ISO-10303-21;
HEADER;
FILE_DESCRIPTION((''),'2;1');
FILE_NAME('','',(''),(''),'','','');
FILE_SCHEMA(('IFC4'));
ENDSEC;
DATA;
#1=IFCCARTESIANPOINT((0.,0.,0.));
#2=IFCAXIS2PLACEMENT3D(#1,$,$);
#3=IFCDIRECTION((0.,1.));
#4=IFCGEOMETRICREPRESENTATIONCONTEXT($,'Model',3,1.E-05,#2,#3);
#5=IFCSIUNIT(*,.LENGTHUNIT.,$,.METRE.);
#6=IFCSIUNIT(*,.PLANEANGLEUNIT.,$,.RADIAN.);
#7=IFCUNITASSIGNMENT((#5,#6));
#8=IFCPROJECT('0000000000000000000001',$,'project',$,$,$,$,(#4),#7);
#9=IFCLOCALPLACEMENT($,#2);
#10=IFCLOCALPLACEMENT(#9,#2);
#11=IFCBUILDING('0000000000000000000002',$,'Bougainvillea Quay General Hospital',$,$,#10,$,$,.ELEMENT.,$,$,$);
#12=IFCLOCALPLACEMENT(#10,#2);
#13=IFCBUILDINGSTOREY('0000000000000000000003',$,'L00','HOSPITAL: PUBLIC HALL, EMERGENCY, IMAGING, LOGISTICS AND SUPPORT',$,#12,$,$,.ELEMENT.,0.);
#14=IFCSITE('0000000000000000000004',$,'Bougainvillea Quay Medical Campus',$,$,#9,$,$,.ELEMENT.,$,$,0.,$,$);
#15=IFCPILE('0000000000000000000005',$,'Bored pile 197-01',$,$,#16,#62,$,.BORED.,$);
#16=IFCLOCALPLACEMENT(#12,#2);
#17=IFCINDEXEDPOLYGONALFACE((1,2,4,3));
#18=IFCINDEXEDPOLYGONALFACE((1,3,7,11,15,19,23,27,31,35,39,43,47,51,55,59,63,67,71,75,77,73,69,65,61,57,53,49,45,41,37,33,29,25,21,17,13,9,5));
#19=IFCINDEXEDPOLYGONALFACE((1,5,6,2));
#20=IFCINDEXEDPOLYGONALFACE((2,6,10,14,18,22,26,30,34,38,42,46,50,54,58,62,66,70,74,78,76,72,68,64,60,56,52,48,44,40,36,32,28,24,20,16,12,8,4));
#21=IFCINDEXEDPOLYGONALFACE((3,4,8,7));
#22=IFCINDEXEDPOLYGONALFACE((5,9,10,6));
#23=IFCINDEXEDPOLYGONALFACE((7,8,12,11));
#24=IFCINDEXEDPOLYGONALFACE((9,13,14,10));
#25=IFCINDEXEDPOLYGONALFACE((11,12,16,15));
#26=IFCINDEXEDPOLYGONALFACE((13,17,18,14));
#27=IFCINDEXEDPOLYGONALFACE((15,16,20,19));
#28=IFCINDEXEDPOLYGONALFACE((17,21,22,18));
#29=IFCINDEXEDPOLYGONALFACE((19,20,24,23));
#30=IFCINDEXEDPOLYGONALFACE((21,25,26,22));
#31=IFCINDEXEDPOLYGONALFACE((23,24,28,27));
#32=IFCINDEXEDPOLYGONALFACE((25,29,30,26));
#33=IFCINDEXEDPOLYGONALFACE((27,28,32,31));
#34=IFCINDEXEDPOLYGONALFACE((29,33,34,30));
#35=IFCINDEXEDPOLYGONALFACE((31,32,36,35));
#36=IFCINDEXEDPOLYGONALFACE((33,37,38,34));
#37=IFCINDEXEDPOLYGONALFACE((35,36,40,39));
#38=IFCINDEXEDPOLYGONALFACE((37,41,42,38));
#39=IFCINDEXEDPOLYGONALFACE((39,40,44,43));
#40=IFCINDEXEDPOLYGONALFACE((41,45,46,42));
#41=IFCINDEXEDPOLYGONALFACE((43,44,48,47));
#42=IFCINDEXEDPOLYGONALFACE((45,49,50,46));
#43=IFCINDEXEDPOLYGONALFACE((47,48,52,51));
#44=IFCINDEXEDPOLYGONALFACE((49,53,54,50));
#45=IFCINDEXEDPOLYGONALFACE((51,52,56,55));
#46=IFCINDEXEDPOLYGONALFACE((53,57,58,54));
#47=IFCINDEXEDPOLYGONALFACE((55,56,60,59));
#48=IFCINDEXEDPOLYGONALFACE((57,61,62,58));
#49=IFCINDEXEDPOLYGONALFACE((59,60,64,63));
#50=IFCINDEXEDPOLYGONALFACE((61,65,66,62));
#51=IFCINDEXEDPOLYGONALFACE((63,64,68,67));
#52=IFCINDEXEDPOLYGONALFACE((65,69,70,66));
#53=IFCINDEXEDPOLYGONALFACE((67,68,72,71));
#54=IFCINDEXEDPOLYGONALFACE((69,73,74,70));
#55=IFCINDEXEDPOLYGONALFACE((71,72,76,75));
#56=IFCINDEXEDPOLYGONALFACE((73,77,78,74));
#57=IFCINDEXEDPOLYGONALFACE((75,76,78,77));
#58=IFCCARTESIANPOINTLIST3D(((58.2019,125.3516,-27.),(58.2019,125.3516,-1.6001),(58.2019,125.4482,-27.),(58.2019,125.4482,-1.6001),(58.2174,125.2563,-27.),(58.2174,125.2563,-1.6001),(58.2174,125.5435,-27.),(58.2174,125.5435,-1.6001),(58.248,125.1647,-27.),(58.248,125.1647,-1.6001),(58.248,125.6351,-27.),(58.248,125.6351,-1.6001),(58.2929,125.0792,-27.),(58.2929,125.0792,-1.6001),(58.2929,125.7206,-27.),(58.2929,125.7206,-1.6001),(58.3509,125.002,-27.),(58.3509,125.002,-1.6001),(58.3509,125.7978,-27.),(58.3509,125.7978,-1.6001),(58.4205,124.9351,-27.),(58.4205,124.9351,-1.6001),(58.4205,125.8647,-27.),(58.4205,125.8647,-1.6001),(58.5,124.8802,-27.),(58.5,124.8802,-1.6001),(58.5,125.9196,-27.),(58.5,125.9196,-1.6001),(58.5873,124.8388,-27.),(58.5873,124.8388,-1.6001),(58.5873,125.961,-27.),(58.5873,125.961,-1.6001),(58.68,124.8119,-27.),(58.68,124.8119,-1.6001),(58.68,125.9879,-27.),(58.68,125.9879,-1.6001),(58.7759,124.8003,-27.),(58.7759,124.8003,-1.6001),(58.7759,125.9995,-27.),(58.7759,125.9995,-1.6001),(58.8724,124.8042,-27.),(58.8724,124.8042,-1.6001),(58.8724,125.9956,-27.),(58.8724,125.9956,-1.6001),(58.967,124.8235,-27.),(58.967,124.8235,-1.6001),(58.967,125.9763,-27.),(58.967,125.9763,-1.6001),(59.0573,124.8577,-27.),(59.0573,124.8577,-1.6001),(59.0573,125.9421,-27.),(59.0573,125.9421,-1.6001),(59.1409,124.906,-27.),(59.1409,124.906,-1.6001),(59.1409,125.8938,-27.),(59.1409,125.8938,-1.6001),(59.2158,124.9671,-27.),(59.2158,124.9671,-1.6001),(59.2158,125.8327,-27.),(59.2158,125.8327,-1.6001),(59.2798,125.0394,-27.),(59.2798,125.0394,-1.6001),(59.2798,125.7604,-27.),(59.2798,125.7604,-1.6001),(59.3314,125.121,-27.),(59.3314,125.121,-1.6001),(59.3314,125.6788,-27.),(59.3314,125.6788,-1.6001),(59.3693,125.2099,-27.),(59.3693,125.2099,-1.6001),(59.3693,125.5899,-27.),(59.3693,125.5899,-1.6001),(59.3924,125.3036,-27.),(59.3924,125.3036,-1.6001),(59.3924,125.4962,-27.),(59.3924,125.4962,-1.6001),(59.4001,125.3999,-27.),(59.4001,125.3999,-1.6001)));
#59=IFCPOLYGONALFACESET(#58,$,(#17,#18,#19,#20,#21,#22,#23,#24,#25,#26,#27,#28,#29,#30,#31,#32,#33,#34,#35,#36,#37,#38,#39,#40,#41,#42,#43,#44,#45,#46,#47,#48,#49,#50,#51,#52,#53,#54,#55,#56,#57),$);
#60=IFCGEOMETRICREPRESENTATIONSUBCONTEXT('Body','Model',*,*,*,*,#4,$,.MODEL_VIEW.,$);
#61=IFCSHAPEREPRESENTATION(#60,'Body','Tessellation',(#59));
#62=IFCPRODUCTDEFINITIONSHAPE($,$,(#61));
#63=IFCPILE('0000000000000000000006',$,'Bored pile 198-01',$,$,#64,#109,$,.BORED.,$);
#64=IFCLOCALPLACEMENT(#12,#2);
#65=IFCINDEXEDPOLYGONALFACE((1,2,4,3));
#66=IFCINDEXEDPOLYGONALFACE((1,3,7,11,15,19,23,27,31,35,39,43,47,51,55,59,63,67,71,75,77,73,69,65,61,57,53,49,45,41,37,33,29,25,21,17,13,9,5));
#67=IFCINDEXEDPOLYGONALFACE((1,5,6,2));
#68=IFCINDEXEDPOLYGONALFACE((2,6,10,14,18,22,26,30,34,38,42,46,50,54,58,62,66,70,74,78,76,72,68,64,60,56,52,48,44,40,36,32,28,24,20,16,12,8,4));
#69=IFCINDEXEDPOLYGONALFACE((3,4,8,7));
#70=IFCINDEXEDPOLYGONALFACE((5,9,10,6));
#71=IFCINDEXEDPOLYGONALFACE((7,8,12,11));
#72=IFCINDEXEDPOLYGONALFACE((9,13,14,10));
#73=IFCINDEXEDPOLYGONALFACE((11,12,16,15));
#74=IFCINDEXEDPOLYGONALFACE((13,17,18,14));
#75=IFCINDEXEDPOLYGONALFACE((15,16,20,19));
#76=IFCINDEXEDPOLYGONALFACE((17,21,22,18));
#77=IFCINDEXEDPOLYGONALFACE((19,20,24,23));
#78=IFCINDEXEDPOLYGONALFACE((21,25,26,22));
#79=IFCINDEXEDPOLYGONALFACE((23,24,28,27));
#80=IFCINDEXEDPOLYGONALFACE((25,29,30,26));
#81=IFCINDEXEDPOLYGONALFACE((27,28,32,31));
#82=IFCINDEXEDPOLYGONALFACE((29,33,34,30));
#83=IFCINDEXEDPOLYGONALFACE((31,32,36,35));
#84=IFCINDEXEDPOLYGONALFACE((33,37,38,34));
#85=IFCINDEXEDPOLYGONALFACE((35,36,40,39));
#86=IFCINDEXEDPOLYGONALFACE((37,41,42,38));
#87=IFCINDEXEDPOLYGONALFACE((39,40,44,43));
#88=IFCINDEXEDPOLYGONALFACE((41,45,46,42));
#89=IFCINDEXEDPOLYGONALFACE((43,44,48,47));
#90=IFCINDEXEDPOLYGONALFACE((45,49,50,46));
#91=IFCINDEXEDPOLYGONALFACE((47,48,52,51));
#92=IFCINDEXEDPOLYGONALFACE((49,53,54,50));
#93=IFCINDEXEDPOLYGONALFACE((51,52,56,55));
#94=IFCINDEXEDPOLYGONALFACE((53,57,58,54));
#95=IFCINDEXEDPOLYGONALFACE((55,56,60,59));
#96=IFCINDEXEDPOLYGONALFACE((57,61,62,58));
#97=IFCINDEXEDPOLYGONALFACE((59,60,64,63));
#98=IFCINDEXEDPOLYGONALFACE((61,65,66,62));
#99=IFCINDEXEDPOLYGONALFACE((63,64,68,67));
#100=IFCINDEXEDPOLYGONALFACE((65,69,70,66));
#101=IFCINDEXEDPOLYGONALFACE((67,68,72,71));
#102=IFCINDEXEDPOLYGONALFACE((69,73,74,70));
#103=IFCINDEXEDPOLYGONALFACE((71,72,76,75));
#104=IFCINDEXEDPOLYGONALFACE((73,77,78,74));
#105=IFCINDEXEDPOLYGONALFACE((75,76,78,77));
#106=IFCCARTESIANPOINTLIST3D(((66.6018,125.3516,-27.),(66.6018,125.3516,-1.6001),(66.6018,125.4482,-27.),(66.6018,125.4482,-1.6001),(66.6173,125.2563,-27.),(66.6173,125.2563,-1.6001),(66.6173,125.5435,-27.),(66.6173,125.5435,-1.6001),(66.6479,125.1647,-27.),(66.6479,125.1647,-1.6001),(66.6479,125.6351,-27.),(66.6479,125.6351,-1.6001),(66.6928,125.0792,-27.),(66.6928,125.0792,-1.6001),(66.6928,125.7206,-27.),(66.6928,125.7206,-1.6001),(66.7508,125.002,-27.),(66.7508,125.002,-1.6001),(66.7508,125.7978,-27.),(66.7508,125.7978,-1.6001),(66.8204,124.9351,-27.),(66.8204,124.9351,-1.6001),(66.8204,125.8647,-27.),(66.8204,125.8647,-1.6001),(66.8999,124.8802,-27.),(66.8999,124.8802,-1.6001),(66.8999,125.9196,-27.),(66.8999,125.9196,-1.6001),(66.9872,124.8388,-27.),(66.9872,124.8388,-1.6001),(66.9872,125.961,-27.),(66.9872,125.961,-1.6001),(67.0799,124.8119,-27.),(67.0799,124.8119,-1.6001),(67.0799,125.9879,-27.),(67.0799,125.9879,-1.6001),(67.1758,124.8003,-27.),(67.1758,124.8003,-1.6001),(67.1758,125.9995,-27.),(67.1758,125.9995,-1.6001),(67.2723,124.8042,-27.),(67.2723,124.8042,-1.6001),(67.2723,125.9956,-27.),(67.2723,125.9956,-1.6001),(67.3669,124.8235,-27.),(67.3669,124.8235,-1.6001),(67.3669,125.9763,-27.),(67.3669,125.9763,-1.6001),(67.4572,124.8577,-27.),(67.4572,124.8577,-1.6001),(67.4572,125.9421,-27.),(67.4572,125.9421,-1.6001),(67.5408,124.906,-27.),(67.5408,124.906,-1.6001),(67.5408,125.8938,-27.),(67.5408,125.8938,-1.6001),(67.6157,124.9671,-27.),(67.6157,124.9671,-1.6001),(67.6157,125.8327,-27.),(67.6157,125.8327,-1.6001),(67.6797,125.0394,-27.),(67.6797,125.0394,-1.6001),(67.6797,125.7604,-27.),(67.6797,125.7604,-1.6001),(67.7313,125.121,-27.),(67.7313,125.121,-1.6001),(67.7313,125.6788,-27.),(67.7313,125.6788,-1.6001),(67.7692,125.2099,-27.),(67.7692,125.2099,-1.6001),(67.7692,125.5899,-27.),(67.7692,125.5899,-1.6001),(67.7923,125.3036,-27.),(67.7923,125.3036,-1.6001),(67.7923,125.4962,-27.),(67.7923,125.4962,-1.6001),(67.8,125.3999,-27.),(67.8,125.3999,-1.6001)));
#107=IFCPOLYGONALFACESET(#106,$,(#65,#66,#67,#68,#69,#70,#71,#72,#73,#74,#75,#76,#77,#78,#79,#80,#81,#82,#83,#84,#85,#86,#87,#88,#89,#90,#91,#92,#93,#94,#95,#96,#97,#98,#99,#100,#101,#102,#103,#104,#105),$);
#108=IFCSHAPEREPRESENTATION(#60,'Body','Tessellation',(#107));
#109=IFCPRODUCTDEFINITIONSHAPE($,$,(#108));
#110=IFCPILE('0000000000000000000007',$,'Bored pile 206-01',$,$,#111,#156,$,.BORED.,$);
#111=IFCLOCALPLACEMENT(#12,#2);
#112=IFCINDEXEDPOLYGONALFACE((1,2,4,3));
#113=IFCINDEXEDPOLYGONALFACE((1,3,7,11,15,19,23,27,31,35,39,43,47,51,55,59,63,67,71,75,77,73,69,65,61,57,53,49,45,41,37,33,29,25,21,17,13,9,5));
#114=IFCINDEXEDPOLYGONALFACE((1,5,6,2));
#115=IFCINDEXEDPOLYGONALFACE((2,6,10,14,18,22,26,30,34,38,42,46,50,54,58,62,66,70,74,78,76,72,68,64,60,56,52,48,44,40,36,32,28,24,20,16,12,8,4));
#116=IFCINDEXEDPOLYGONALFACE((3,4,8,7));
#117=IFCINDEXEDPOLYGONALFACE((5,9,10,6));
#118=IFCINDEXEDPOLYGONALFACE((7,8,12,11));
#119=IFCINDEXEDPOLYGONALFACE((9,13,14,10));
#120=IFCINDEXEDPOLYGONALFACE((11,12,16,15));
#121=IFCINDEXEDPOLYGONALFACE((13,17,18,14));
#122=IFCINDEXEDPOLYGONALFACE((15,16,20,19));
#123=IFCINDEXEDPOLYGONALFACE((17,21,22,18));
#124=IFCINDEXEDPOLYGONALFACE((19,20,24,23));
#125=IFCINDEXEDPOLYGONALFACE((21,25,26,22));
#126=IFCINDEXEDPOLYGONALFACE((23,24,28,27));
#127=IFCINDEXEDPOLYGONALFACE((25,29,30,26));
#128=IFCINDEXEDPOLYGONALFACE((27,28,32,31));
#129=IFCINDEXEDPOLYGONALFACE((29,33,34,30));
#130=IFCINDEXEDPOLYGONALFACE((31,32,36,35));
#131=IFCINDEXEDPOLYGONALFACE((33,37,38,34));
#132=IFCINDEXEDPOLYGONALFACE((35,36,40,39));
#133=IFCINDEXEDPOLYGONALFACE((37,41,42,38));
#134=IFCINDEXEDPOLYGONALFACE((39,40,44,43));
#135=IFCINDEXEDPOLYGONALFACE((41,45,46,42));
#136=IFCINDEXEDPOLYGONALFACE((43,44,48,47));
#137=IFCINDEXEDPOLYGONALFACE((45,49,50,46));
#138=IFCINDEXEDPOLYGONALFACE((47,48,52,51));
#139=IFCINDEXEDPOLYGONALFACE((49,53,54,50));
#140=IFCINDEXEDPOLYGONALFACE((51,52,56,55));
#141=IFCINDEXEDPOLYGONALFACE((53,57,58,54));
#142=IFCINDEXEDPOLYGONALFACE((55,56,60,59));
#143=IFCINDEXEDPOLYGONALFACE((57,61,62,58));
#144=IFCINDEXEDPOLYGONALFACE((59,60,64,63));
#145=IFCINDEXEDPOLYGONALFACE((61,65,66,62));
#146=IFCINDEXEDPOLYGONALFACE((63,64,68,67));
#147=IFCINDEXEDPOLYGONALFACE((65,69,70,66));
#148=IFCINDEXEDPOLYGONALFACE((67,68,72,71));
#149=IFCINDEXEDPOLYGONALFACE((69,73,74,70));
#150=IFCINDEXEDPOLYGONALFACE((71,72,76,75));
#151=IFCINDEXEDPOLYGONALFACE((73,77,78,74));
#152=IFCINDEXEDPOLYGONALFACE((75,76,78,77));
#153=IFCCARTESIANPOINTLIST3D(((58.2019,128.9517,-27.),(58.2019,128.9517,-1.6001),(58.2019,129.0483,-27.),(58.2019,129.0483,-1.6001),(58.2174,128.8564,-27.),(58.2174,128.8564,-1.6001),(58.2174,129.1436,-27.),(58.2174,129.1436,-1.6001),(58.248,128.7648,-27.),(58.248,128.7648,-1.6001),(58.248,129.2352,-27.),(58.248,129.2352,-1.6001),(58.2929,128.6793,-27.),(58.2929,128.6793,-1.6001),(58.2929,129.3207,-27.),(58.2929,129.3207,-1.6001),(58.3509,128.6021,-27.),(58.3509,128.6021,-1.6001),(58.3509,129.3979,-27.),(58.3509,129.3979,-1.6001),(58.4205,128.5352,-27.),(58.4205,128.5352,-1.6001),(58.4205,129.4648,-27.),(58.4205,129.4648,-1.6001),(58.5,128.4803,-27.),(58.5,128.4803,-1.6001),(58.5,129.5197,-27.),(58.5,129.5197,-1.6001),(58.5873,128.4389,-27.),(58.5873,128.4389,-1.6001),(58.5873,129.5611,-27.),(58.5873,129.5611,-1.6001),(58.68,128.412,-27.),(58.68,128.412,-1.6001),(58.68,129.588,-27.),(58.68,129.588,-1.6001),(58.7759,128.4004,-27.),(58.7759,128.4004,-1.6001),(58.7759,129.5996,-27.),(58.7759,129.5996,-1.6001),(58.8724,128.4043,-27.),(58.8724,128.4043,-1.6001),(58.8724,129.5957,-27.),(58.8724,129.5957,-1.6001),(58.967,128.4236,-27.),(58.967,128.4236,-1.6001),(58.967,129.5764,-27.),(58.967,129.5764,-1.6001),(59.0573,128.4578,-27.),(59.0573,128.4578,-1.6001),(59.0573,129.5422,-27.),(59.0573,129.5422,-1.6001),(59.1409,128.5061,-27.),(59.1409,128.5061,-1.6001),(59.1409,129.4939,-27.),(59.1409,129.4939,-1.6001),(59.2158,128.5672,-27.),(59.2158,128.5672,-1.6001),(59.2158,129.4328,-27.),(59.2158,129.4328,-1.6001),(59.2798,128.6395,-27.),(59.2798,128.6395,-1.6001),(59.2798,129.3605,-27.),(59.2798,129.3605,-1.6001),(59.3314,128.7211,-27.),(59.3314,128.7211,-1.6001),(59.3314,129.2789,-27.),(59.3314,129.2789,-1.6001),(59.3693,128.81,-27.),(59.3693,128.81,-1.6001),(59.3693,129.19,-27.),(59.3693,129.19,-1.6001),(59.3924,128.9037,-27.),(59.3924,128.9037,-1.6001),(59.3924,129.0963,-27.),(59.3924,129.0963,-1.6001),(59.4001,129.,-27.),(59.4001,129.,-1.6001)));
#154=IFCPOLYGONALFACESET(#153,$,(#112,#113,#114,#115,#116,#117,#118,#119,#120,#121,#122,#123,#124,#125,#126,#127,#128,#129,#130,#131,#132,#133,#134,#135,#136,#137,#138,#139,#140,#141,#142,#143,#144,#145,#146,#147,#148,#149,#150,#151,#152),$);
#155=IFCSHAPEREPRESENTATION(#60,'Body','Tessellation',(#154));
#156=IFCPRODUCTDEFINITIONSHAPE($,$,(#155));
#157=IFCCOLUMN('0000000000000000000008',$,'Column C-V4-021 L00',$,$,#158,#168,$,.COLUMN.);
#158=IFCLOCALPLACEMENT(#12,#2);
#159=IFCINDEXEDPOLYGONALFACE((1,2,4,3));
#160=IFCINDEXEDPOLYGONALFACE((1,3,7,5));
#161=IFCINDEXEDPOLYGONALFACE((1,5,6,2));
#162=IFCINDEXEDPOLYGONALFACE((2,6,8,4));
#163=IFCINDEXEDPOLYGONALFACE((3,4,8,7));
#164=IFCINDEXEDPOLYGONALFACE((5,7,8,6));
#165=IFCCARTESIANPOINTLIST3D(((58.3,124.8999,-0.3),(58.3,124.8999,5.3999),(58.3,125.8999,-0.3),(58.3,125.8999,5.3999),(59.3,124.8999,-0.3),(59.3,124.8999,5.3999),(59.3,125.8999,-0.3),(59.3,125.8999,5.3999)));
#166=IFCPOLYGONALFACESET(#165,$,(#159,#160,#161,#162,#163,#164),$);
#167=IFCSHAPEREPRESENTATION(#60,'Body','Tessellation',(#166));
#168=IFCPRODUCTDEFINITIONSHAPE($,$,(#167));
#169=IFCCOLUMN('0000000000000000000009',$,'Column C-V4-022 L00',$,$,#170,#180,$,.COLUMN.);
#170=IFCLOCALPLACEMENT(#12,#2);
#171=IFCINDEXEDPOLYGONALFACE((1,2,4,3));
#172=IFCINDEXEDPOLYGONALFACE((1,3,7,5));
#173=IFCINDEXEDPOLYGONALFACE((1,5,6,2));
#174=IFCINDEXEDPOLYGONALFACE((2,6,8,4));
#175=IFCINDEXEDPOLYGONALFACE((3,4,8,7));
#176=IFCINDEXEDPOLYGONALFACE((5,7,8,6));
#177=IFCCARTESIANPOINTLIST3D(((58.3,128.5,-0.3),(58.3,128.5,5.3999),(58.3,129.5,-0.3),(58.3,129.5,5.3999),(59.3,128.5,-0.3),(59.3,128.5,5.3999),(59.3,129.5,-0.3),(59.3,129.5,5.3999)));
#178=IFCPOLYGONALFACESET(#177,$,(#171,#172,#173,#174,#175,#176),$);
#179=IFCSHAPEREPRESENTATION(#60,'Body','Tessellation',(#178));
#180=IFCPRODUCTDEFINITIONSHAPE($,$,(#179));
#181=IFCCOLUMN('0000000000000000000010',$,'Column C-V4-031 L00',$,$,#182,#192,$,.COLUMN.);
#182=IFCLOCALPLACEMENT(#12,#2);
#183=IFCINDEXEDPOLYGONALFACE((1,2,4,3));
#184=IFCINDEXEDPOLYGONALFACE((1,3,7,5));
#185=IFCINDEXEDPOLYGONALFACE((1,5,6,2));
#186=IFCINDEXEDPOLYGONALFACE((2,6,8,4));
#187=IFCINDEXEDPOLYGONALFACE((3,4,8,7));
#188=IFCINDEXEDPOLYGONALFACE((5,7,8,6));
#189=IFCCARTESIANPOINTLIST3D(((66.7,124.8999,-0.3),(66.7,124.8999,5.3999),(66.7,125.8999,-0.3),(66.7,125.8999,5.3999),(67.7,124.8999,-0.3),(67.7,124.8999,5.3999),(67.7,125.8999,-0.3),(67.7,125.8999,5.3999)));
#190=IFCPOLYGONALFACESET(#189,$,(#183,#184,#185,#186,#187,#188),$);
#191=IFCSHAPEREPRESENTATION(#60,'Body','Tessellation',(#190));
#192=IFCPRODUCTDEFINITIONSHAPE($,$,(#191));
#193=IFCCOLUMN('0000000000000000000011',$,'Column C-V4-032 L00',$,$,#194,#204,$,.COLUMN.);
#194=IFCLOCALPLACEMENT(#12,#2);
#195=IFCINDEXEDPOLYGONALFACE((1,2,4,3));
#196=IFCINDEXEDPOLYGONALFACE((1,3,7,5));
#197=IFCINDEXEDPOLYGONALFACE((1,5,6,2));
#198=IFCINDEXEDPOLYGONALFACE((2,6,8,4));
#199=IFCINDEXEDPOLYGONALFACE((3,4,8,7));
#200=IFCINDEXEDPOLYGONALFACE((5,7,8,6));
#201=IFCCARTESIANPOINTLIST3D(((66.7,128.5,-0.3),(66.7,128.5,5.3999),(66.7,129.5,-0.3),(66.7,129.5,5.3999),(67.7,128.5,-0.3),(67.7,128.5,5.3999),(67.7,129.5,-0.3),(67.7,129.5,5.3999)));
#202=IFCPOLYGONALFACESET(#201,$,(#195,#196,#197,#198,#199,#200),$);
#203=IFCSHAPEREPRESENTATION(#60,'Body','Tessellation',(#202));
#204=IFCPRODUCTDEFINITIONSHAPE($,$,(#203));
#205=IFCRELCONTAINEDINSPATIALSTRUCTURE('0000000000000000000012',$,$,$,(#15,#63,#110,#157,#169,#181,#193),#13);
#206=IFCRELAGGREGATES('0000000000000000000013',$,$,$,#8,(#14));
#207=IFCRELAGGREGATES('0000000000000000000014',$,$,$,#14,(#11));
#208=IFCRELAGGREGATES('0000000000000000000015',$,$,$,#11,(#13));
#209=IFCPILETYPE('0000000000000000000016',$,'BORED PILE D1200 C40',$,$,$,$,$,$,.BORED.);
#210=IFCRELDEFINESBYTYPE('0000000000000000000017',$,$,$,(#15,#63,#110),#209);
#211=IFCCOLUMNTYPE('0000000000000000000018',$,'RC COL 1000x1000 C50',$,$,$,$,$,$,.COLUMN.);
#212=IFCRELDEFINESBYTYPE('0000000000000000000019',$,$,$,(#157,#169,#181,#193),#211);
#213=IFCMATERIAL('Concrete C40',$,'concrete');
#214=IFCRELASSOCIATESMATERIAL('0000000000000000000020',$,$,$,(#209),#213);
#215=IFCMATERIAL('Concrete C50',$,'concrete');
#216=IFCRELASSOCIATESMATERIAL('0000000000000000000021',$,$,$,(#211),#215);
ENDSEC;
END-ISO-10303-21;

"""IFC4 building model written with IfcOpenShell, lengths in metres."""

from ifc_helpers import new_model, si_unit, direction, frame, origin, origin_2d, place, context, subcontext, project, spatial, rectangle, circle, extrude, material, material_profile, profile_set, type_object, element, save


model = new_model("IFC4")

# Units and contexts
model_context = context("Model", 3, precision=1e-05, world=origin(), true_north=direction((0.0, 1.0)))
body_context = subcontext(model_context, "Body", "Model", "MODEL_VIEW")
ifc_project = project(units=[si_unit("LENGTHUNIT", "METRE"), si_unit("PLANEANGLEUNIT", "RADIAN")], contexts=[model_context])

# Site, building, storey
site_placement = place(None, origin())
site = spatial("IfcSite", under=ifc_project, at=site_placement, Name="Bougainvillea Quay Medical Campus", CompositionType="ELEMENT", RefElevation=0.0)
building_placement = place(site_placement, origin())
building = spatial("IfcBuilding", under=site, at=building_placement, Name="Bougainvillea Quay General Hospital", CompositionType="ELEMENT")
storey_placement = place(building_placement, origin())
storey = spatial("IfcBuildingStorey", under=building, at=storey_placement, Name="L00", Description="HOSPITAL: PUBLIC HALL, EMERGENCY, IMAGING, LOGISTICS AND SUPPORT", CompositionType="ELEMENT", Elevation=0.0)

# Piles
ifc_material_1 = material(Name="Concrete C40", Category="concrete")
ifc_material_profile_1 = material_profile(ifc_material_1, circle(Radius=0.6001, at=origin_2d()))
ifc_profile_set_1 = profile_set([ifc_material_profile_1], Name="Concrete C40")
pile_type = type_object("IfcPileType", Name="BORED PILE D1200 C40", PredefinedType="BORED", material=ifc_profile_set_1)
for number, where, z_axis, x_axis, name in (
    (1, (58.8, 125.3999, -1.6001), (0.0, 0.0, -1.0), (1.0, 0.0, 0.0), "Bored pile 197-01"),
    (2, (67.2, 125.3999, -1.6001), (0.0, 0.0, -1.0), (1.0, 0.0, 0.0), "Bored pile 198-01"),
    (3, (58.8, 129.0, -1.6001), (0.0, 0.0, -1.0), (1.0, 0.0, 0.0), "Bored pile 206-01"),
):
    element("IfcPile", number, at=place(storey_placement, frame(where, z_axis=z_axis, x_axis=x_axis)), inside=storey, type_object=pile_type, Name=name, PredefinedType="BORED", context=body_context, shape_type="SweptSolid", body=[
        extrude(circle(Radius=0.6001, at=origin_2d()), origin(), (0.0, 0.0, 1.0), 25.3999),
    ])

# Columns
ifc_material_2 = material(Name="Concrete C50", Category="concrete")
ifc_material_profile_2 = material_profile(ifc_material_2, rectangle(XDim=1.0, YDim=1.0, at=origin_2d()))
ifc_profile_set_2 = profile_set([ifc_material_profile_2], Name="Concrete C50")
column_type = type_object("IfcColumnType", Name="RC COL 1000x1000 C50", PredefinedType="COLUMN", material=ifc_profile_set_2)
for number, where, z_axis, x_axis, name in (
    (4, (58.8, 125.3999, -0.3), (0.0, 0.0, 1.0), (1.0, 0.0, 0.0), "Column C-V4-021 L00"),
    (5, (58.8, 129.0, -0.3), (0.0, 0.0, 1.0), (1.0, 0.0, 0.0), "Column C-V4-022 L00"),
    (6, (67.2, 125.3999, -0.3), (0.0, 0.0, 1.0), (1.0, 0.0, 0.0), "Column C-V4-031 L00"),
    (7, (67.2, 129.0, -0.3), (0.0, 0.0, 1.0), (1.0, 0.0, 0.0), "Column C-V4-032 L00"),
):
    element("IfcColumn", number, at=place(storey_placement, frame(where, z_axis=z_axis, x_axis=x_axis)), inside=storey, type_object=column_type, Name=name, PredefinedType="COLUMN", context=body_context, shape_type="SweptSolid", body=[
        extrude(rectangle(XDim=1.0, YDim=1.0, at=origin_2d()), origin(), (0.0, 0.0, 1.0), 5.7),
    ])

save(model, "model.ifc")
